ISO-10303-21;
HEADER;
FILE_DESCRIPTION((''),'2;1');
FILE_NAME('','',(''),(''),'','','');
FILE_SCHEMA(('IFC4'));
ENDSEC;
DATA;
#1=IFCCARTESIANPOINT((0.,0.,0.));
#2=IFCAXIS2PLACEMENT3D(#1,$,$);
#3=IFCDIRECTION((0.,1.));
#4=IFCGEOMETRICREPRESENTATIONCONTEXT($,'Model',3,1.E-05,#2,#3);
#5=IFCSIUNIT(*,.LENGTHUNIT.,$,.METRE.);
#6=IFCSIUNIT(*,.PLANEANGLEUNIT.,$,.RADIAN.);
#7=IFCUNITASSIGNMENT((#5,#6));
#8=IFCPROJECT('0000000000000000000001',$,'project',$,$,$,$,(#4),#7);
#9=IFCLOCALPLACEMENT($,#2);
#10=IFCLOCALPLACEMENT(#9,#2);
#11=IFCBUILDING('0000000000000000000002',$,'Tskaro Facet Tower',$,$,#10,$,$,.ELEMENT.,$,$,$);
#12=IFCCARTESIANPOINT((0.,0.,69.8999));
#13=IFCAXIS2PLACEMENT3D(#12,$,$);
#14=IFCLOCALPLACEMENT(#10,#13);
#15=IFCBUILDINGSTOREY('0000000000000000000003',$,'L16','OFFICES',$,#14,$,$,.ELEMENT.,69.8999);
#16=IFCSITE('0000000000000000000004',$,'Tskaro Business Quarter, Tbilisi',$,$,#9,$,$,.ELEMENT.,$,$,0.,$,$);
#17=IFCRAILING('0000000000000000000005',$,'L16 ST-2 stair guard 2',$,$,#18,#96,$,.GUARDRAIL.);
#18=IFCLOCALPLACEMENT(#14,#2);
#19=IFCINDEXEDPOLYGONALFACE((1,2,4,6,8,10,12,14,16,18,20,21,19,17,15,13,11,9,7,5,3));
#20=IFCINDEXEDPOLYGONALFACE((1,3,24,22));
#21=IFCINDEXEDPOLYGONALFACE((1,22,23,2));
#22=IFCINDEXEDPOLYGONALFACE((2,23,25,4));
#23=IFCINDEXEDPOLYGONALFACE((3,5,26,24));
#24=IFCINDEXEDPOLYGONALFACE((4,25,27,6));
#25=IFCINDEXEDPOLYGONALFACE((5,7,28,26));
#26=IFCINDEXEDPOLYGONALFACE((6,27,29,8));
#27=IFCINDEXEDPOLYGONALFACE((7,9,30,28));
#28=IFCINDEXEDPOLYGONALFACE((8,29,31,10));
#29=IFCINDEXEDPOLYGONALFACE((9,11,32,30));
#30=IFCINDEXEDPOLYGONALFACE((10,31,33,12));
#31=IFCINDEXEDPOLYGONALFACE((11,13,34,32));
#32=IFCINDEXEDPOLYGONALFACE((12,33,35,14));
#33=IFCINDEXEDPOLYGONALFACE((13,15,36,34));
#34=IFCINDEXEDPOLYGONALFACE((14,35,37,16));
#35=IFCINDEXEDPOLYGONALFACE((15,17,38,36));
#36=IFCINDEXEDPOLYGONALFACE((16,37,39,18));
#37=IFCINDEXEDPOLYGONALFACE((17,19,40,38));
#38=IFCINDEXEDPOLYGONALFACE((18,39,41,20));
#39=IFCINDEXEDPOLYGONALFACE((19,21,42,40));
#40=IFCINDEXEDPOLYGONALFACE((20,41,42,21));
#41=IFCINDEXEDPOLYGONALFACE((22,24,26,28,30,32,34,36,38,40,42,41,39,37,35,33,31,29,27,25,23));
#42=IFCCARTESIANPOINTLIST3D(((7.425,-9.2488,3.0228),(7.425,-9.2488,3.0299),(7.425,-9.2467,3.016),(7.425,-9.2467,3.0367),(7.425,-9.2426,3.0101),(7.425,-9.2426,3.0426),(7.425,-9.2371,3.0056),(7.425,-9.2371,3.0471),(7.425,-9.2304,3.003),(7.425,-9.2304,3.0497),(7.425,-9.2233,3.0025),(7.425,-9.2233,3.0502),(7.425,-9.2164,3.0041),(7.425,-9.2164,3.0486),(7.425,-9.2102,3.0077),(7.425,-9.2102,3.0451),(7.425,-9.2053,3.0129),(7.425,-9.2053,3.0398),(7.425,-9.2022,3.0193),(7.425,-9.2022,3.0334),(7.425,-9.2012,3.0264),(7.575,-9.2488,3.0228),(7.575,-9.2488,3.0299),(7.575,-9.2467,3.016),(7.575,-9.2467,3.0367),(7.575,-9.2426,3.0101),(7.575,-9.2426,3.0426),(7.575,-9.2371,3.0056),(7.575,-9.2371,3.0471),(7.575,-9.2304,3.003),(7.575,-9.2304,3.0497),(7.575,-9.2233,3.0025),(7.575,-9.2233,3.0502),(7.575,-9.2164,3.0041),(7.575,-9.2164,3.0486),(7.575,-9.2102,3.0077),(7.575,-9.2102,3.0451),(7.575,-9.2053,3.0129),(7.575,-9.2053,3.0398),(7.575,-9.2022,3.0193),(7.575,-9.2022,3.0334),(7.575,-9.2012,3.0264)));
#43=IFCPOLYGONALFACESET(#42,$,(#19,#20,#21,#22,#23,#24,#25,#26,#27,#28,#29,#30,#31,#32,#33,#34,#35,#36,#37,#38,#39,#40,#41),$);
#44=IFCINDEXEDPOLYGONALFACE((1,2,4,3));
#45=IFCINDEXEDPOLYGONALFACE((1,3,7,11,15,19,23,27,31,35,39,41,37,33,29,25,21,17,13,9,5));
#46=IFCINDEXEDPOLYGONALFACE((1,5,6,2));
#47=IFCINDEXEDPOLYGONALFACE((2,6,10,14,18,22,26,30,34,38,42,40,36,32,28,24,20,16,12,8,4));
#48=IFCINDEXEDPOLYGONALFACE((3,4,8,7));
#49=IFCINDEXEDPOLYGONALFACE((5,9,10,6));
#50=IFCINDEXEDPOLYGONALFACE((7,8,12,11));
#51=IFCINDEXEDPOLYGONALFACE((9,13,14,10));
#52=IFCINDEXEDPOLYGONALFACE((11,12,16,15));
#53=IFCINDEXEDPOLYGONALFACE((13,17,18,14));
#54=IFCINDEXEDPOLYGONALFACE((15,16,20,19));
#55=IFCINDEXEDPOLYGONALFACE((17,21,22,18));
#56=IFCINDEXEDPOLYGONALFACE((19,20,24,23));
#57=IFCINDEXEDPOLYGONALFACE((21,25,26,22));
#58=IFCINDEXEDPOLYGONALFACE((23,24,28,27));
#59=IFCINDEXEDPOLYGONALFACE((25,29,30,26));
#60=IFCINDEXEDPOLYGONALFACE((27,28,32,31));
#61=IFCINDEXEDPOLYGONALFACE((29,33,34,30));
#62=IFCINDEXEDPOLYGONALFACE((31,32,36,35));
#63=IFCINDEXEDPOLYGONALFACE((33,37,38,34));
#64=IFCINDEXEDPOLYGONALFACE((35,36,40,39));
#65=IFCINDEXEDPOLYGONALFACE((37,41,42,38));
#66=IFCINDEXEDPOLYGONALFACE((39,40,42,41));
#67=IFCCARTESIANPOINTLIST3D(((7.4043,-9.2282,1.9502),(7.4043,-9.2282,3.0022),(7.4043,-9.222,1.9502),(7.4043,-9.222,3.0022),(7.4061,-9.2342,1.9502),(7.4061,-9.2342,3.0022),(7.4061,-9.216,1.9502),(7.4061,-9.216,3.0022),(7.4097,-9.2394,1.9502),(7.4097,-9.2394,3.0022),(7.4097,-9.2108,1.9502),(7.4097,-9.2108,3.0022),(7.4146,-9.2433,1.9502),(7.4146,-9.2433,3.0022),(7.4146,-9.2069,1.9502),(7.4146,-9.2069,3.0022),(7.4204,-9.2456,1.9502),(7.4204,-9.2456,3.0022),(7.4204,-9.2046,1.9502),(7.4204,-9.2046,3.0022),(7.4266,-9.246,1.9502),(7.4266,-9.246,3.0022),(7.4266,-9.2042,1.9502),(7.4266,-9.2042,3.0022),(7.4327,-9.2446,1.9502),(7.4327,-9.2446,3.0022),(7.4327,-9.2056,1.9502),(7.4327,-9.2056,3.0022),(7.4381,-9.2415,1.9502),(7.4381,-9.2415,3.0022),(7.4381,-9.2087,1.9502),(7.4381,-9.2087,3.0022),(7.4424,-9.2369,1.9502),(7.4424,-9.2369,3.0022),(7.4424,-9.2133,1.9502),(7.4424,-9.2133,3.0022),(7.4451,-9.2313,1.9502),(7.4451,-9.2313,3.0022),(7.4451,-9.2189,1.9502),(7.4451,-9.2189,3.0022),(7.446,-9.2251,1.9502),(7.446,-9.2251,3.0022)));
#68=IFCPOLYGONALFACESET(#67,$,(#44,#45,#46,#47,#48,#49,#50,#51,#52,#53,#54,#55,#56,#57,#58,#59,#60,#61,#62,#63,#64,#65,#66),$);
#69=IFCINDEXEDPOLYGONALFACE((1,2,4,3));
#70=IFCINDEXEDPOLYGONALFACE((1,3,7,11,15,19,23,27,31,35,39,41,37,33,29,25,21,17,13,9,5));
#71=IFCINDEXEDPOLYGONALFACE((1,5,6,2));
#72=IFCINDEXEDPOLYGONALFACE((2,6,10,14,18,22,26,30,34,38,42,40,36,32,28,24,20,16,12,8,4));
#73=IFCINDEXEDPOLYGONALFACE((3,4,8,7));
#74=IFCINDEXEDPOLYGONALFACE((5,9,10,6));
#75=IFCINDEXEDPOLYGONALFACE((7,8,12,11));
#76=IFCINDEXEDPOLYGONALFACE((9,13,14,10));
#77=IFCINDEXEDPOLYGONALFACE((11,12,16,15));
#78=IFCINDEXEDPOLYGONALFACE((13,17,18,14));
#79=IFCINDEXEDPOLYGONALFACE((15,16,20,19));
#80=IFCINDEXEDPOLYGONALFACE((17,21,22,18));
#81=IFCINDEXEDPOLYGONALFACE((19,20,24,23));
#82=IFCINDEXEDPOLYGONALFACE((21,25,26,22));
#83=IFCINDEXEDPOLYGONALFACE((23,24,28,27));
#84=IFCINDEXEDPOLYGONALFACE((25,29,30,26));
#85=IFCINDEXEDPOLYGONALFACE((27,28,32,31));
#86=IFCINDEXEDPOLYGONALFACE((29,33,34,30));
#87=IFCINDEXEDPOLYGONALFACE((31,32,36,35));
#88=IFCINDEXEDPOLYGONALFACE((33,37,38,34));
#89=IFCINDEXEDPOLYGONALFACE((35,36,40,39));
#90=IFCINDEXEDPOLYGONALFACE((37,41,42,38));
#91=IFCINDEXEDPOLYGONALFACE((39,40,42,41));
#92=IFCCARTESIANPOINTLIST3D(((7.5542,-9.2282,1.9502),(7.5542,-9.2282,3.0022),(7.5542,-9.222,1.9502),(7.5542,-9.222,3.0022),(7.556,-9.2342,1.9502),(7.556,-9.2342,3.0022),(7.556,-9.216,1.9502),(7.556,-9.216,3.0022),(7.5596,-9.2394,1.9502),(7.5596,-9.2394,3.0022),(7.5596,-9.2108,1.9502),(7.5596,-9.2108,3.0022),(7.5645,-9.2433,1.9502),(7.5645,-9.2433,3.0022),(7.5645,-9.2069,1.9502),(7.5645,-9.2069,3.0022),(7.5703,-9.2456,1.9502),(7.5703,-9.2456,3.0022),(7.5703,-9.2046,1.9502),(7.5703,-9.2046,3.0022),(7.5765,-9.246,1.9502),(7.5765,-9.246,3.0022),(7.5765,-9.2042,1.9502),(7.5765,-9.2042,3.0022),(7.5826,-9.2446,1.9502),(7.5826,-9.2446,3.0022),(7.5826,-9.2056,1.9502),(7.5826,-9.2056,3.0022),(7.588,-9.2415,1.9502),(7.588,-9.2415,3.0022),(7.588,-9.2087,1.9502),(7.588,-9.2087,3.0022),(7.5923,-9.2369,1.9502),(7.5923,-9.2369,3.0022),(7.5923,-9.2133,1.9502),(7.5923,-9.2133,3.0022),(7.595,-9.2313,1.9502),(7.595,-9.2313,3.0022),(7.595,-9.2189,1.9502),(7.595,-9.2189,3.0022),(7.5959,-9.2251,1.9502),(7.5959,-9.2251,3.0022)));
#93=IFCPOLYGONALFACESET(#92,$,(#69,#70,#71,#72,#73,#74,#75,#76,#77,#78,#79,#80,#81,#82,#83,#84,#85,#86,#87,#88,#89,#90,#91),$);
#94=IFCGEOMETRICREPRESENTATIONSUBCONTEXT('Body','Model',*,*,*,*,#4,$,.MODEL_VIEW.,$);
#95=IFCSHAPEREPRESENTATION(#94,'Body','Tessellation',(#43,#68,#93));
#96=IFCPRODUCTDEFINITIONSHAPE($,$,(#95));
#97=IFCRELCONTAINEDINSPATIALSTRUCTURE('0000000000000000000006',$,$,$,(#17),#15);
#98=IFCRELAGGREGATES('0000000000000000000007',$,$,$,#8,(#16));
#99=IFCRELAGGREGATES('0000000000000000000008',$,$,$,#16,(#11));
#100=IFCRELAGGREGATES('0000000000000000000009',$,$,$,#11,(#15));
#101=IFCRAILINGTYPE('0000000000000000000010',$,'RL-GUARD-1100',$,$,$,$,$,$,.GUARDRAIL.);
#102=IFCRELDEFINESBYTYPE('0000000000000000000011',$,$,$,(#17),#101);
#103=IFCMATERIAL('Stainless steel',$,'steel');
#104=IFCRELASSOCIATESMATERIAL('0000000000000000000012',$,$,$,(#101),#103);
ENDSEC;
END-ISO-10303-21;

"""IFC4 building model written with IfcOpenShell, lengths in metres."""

from ifc_helpers import new_model, si_unit, direction, frame, origin, origin_2d, place, context, subcontext, project, spatial, circle, extrude, material, type_object, element, save


model = new_model("IFC4")

# Units and contexts
model_context = context("Model", 3, precision=1e-05, world=origin(), true_north=direction((0.0, 1.0)))
body_context = subcontext(model_context, "Body", "Model", "MODEL_VIEW")
ifc_project = project(units=[si_unit("LENGTHUNIT", "METRE"), si_unit("PLANEANGLEUNIT", "RADIAN")], contexts=[model_context])

# Site, building, storey
site_placement = place(None, origin())
site = spatial("IfcSite", under=ifc_project, at=site_placement, Name="Tskaro Business Quarter, Tbilisi", CompositionType="ELEMENT", RefElevation=0.0)
building_placement = place(site_placement, origin())
building = spatial("IfcBuilding", under=site, at=building_placement, Name="Tskaro Facet Tower", CompositionType="ELEMENT")
storey_placement = place(building_placement, frame((0.0, 0.0, 69.8999)))
storey = spatial("IfcBuildingStorey", under=building, at=storey_placement, Name="L16", Description="OFFICES", CompositionType="ELEMENT", Elevation=69.8999)

# Railing
ifc_material_1 = material(Name="Stainless steel", Category="steel")
railing_type_1 = type_object("IfcRailingType", Name="RL-GUARD-1100", PredefinedType="GUARDRAIL", material=ifc_material_1)
railing_1_placement = place(storey_placement, frame((7.425, -9.2251, 1.9502)))
element("IfcRailing", 1, at=railing_1_placement, inside=storey, type_object=railing_type_1, Name="L16 ST-2 stair guard 2", PredefinedType="GUARDRAIL", context=body_context, shape_type="SweptSolid", body=[
    extrude(circle(Radius=0.0239, at=origin_2d()), frame((0.0, 0.0, 1.0762), z_axis=(1.0, 0.0, 0.0), x_axis=(0.0, 1.0, 0.0)), (0.0, 0.0, 1.0), 0.1499),
    extrude(circle(Radius=0.021, at=origin_2d()), origin(), (0.0, 0.0, 1.0), 1.052),
    extrude(circle(Radius=0.021, at=origin_2d()), frame((0.1499, 0.0, 0.0)), (0.0, 0.0, 1.0), 1.052),
])

save(model, "model.ifc")
